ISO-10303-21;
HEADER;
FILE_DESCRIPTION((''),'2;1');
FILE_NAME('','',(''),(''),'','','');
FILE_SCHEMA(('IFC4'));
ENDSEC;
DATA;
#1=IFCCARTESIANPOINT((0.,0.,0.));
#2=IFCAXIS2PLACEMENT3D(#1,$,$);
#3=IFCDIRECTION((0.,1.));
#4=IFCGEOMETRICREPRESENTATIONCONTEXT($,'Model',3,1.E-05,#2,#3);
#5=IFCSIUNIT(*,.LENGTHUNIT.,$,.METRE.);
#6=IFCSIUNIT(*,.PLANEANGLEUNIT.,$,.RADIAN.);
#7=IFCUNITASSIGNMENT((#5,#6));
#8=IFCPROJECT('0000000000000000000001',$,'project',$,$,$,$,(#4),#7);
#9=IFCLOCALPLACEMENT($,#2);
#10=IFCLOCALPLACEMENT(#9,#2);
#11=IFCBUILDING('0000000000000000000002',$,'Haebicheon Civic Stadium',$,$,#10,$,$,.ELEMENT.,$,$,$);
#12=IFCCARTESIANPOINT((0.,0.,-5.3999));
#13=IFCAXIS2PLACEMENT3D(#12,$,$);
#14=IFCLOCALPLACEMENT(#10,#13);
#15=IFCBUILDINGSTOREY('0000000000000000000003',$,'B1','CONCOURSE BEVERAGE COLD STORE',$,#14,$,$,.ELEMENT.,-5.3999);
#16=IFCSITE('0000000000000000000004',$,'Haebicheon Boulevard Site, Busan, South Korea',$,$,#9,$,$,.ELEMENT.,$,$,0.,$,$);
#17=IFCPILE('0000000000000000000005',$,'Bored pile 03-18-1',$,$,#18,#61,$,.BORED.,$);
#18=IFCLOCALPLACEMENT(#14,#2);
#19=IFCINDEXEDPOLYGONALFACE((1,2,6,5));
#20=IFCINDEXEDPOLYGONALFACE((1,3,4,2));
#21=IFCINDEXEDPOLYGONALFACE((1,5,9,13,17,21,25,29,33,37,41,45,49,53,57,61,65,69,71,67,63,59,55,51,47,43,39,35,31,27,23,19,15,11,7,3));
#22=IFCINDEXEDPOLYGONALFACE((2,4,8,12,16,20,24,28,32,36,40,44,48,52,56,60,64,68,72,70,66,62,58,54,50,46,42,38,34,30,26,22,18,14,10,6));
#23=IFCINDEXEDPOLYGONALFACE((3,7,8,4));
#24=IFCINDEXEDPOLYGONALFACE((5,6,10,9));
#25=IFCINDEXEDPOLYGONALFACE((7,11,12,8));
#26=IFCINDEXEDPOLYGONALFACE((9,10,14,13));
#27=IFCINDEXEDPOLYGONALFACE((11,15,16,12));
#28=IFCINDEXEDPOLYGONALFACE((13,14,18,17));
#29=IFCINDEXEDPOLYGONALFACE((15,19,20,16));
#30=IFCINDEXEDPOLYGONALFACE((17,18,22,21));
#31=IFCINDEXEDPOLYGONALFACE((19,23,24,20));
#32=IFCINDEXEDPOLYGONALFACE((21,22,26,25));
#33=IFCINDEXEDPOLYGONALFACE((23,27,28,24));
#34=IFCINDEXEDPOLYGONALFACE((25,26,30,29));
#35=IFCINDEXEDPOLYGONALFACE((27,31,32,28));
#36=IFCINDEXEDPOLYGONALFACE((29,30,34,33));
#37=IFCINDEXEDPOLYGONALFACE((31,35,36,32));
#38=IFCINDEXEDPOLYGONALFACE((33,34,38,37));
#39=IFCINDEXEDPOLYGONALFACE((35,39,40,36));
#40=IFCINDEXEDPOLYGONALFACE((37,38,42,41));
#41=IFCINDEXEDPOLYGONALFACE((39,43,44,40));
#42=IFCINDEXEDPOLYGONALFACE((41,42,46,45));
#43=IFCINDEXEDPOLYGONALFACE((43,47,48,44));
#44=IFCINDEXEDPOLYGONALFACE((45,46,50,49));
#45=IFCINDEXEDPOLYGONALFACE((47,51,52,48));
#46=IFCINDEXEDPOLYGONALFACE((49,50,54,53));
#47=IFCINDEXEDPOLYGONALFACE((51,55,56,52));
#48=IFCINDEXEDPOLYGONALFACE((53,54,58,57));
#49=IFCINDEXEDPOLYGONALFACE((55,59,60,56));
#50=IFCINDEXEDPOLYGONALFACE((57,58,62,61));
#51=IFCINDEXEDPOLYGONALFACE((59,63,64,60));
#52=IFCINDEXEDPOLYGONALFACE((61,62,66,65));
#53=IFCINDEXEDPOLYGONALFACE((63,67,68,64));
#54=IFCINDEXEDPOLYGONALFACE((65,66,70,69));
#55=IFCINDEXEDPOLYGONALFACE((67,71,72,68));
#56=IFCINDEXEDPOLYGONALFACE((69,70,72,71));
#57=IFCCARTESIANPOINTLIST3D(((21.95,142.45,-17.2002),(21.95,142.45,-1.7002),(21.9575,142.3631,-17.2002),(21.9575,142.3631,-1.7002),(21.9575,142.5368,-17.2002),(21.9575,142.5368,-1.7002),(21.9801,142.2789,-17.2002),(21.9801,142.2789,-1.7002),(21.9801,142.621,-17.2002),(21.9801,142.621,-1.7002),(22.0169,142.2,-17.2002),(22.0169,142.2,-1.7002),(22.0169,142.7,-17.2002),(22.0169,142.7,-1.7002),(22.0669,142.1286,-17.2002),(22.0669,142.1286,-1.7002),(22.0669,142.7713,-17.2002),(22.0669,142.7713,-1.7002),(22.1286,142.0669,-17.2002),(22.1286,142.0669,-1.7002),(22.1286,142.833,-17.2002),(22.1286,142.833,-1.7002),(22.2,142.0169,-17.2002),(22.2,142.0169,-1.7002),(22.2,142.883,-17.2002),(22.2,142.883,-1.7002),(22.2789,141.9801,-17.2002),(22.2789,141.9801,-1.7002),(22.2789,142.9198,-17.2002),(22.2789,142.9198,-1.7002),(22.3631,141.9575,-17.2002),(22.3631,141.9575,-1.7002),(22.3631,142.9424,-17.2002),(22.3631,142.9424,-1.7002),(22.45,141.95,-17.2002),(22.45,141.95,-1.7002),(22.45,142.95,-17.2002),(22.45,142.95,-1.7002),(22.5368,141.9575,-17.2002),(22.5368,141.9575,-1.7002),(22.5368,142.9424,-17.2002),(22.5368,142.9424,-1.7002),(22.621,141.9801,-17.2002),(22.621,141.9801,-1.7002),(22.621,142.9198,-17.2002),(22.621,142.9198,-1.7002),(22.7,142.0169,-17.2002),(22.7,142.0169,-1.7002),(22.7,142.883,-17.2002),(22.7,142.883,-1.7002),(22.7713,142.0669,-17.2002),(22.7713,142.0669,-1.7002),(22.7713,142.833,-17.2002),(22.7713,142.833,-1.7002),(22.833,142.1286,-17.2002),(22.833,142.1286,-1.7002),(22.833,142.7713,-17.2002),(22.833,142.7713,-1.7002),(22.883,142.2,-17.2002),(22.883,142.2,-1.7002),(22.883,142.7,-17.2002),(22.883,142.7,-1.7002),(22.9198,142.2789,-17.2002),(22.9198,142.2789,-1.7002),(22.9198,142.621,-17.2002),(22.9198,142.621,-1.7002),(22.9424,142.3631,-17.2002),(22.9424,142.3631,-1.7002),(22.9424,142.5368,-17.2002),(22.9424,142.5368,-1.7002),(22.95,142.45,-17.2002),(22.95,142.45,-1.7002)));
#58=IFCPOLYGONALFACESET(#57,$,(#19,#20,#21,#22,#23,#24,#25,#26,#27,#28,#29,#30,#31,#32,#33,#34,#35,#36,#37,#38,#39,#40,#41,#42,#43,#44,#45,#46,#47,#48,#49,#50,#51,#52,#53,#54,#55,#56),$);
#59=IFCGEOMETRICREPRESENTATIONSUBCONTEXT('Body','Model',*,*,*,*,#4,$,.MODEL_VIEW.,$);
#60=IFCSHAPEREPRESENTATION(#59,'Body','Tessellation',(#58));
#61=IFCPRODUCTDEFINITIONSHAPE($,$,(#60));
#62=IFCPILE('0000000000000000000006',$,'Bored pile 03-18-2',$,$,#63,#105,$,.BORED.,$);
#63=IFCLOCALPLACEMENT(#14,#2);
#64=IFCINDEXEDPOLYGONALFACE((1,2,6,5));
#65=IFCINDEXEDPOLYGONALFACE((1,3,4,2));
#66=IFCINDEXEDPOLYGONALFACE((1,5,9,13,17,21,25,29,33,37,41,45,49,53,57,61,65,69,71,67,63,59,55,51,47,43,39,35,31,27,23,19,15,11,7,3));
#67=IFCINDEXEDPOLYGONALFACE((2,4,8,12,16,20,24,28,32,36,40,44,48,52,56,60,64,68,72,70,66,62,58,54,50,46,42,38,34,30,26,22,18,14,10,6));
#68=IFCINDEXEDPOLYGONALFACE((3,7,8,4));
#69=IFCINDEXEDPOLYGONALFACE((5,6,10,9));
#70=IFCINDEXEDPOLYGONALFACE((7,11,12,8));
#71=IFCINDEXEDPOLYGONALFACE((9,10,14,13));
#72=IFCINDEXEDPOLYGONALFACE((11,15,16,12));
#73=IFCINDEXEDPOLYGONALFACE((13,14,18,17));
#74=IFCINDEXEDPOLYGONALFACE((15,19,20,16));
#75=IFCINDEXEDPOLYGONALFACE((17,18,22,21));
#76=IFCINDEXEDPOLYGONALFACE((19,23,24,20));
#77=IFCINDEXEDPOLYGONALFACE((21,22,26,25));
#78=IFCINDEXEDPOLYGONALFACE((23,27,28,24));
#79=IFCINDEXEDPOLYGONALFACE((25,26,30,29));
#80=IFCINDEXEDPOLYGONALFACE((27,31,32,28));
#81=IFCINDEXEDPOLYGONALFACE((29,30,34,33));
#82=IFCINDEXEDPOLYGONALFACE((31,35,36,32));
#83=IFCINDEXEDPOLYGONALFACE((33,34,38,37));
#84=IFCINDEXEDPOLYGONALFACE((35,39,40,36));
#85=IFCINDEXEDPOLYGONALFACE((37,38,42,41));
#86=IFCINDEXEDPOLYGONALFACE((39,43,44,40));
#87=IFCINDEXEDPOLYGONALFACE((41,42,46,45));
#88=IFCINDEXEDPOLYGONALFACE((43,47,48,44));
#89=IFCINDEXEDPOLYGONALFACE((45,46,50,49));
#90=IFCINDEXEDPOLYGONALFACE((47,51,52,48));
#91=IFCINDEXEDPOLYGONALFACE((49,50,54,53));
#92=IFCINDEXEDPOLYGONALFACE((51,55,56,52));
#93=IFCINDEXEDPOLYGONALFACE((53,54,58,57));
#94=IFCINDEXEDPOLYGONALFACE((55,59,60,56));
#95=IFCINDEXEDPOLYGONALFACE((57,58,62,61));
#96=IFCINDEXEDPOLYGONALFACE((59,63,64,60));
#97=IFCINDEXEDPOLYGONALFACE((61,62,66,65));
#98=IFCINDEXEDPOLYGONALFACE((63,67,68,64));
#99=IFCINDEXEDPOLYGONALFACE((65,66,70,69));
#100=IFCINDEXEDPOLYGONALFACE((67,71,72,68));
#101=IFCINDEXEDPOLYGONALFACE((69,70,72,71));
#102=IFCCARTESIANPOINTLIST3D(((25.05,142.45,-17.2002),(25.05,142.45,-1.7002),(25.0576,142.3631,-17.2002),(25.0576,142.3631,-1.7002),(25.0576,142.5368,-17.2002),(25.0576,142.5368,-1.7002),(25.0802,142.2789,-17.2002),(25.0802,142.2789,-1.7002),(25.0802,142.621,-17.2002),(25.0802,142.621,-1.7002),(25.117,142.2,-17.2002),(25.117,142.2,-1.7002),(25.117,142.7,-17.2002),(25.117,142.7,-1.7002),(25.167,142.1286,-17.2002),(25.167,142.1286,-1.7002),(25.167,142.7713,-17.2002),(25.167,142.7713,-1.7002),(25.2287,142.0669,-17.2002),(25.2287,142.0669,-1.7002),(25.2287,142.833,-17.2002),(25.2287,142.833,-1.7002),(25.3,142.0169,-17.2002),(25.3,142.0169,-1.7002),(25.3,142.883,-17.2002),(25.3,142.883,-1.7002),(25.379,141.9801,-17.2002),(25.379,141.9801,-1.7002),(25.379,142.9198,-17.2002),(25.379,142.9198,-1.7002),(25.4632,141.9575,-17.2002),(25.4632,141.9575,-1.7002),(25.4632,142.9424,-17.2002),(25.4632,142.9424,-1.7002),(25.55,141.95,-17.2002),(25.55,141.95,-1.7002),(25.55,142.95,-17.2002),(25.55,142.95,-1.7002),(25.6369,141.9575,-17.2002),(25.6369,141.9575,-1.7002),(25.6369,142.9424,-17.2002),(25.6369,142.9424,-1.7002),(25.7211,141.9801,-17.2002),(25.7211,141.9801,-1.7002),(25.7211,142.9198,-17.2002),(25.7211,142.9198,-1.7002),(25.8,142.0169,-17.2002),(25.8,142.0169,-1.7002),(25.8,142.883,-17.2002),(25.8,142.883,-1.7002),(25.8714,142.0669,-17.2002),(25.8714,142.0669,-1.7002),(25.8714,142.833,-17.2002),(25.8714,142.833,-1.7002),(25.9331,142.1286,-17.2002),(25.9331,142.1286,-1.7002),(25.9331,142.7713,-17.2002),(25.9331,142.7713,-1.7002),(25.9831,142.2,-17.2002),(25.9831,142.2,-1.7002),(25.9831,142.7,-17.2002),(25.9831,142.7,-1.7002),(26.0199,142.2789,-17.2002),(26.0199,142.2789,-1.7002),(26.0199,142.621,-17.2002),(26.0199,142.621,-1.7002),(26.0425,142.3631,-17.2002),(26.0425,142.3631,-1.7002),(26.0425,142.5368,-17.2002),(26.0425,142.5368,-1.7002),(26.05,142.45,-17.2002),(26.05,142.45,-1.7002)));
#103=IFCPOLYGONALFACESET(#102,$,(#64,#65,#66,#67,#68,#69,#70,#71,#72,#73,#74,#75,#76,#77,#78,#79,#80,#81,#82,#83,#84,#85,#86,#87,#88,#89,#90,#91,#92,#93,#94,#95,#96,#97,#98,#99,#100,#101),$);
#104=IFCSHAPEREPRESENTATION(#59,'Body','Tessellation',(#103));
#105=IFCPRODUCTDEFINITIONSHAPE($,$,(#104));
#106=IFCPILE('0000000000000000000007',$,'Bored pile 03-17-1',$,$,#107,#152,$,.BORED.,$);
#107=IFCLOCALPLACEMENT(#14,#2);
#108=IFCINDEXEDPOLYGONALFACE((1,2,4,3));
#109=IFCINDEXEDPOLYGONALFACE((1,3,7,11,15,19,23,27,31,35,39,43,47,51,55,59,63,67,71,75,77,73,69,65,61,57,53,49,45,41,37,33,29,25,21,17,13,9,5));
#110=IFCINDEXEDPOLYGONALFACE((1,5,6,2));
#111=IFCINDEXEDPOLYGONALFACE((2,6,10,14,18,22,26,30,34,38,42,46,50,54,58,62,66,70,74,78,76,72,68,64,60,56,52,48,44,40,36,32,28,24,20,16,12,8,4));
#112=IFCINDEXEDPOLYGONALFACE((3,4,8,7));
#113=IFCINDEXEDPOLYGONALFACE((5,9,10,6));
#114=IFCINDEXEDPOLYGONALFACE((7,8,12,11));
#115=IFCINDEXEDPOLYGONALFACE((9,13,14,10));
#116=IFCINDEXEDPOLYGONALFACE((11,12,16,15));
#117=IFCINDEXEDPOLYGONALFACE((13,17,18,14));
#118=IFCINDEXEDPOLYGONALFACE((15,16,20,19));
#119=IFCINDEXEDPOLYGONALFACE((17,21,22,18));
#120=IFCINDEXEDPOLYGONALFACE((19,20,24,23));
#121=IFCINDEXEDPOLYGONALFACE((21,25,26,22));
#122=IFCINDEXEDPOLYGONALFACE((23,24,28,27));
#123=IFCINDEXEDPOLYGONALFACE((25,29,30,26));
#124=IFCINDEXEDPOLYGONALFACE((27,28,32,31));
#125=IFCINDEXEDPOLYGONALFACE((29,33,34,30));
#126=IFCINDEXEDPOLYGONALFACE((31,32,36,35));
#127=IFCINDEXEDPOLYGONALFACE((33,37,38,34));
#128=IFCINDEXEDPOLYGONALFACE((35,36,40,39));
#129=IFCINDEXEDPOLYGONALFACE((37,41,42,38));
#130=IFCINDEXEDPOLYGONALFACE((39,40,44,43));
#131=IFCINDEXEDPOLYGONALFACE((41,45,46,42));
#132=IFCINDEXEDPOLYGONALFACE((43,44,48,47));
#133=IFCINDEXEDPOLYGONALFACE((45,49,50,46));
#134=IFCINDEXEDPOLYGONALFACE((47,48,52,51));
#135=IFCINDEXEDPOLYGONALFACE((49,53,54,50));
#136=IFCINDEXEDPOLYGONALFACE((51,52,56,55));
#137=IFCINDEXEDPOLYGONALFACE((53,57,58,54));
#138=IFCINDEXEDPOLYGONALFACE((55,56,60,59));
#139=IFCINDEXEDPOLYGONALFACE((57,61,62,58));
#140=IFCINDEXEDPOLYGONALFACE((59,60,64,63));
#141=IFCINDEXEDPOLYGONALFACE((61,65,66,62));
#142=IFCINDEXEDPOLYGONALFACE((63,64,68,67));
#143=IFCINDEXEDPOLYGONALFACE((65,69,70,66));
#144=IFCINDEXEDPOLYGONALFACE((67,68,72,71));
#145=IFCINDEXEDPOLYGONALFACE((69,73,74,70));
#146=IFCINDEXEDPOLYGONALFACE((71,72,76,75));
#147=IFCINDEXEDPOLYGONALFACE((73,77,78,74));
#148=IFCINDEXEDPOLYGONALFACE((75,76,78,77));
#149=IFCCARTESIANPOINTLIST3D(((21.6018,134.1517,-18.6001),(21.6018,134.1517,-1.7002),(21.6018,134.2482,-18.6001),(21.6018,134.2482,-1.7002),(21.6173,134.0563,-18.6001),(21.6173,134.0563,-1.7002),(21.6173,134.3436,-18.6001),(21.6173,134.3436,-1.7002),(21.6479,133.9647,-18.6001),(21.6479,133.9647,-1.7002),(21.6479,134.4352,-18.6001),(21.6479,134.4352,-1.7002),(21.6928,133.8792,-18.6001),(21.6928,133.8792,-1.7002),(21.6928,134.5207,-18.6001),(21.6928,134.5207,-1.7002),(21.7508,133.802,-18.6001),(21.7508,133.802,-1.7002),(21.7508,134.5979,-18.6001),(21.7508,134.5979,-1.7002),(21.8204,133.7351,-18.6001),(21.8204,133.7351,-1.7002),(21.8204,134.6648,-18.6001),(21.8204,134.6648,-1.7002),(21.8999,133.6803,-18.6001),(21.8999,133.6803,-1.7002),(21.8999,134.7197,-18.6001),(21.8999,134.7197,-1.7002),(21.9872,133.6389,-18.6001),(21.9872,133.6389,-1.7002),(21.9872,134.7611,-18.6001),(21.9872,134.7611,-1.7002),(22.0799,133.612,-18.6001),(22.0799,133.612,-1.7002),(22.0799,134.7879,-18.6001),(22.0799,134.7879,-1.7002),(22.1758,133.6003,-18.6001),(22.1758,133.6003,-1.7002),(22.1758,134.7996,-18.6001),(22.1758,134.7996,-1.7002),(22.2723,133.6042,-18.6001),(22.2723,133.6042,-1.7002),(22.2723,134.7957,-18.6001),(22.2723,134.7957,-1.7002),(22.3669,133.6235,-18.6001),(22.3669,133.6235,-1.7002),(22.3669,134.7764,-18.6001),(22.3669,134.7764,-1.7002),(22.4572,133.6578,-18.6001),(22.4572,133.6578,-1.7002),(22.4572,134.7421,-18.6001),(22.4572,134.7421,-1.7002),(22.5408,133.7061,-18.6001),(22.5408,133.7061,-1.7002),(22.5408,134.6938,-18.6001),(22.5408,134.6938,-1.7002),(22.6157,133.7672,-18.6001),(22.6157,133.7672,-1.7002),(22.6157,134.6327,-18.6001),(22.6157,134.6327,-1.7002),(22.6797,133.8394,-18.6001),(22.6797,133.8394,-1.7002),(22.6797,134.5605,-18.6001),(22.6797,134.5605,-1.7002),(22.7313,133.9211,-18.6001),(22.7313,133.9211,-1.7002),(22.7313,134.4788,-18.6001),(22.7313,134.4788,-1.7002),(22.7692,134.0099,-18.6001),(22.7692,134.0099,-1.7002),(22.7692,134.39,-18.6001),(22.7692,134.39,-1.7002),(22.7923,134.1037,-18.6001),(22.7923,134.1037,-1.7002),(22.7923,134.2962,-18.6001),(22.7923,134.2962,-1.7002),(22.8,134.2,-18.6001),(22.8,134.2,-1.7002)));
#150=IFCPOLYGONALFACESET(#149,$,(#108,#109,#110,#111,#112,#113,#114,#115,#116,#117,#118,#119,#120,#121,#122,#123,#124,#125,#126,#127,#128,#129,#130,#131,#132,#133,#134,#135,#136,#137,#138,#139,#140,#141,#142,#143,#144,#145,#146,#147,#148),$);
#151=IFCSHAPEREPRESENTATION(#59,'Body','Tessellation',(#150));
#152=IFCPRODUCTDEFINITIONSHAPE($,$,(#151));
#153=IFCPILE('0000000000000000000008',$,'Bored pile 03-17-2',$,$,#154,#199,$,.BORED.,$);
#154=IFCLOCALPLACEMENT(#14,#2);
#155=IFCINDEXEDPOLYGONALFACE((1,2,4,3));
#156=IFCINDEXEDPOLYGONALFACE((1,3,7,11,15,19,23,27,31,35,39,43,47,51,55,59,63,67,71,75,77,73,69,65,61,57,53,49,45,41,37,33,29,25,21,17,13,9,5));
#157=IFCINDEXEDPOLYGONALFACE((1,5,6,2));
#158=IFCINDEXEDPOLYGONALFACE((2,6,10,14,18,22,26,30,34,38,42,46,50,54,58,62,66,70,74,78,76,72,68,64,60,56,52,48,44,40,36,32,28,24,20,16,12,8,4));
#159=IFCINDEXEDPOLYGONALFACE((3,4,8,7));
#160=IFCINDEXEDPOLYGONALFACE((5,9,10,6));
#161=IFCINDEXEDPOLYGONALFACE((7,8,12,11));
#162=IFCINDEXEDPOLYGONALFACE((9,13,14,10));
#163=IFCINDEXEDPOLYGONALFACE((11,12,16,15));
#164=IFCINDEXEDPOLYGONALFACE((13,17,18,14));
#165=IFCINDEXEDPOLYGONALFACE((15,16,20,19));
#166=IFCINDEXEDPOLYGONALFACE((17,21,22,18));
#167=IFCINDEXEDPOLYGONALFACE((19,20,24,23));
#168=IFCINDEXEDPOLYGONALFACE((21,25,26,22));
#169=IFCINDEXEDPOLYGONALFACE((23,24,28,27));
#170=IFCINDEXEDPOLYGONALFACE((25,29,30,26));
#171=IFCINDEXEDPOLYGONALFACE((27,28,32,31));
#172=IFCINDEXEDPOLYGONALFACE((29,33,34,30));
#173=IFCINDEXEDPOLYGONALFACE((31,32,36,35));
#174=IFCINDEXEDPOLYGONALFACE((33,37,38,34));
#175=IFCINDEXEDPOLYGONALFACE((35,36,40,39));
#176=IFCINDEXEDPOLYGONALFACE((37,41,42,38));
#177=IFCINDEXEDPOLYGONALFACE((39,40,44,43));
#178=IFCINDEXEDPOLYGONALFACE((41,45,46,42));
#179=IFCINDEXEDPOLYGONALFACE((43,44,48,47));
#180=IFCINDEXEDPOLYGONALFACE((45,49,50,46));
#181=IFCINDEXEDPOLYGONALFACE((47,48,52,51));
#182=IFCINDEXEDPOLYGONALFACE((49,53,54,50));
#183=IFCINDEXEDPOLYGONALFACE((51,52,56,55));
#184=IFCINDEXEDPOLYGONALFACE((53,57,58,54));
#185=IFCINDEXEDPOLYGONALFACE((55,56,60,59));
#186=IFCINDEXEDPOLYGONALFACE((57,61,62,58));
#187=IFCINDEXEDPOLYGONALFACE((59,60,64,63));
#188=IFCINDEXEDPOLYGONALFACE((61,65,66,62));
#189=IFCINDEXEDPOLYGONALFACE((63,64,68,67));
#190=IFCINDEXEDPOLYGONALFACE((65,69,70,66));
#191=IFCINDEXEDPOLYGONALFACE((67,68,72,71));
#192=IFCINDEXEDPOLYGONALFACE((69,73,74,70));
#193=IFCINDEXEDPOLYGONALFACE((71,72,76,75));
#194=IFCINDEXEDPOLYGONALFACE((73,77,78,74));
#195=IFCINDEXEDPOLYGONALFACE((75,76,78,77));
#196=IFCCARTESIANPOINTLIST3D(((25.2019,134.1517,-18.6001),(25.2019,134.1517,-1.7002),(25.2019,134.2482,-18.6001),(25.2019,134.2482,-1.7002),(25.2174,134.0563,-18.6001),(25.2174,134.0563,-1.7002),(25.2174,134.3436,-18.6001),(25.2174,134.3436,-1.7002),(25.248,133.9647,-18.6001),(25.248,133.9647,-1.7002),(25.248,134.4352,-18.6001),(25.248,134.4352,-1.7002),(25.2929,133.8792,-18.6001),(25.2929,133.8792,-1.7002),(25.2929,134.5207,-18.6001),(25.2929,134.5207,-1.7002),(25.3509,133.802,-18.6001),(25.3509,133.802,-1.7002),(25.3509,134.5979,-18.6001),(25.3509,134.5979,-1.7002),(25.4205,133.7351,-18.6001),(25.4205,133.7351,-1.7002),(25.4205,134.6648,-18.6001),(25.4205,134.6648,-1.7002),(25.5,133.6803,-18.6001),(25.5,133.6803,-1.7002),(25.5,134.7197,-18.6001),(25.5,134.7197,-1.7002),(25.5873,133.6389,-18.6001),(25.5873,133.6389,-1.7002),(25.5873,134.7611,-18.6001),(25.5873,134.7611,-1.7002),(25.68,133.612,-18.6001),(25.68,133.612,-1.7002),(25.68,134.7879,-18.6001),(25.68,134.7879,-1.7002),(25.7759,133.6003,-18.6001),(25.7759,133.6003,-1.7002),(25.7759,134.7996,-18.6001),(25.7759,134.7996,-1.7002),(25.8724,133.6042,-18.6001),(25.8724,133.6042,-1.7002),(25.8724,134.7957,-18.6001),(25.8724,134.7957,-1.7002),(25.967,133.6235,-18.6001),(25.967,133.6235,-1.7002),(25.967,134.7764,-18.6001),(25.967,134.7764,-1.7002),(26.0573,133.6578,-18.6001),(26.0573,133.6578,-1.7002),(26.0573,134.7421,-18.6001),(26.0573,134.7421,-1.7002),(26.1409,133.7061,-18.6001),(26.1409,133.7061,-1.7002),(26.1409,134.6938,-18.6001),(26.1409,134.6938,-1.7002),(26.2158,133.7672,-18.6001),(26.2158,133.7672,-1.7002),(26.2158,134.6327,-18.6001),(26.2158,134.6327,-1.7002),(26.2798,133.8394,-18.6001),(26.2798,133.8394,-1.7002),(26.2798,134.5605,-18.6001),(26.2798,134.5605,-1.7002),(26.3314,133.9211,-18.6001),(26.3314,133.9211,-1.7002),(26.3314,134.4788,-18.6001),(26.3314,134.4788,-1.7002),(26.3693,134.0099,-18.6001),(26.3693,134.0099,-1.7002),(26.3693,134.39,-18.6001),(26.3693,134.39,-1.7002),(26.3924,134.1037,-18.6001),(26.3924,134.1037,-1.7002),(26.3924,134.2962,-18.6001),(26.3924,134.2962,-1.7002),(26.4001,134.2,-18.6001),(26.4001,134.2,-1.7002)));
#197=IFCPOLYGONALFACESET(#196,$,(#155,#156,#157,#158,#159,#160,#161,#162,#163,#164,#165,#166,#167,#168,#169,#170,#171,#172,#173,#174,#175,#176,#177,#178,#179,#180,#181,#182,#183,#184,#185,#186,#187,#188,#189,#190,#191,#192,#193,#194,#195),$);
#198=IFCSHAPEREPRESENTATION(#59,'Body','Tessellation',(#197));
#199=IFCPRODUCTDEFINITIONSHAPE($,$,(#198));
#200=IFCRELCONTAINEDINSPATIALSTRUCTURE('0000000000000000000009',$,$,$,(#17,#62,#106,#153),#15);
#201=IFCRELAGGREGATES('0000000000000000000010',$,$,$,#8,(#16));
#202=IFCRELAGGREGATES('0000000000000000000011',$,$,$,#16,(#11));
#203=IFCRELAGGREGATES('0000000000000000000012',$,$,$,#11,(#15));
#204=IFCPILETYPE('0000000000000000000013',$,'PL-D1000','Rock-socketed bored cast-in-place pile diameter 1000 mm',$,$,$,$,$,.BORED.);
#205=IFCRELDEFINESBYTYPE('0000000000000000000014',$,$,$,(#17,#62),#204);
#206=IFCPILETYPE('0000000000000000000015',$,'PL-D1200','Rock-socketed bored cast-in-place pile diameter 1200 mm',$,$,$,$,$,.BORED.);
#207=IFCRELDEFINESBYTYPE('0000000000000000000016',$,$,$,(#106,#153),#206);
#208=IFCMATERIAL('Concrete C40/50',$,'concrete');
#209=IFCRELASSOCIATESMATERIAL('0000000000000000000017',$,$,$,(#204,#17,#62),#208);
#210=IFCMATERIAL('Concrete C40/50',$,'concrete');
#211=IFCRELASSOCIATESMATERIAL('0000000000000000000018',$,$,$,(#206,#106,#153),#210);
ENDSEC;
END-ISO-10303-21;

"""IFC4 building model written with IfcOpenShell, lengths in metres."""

from ifc_helpers import new_model, si_unit, direction, frame, origin, origin_2d, place, context, subcontext, project, spatial, circle, extrude, material, material_profile, profile_set, type_object, element, save


model = new_model("IFC4")

# Units and contexts
model_context = context("Model", 3, precision=1e-05, world=origin(), true_north=direction((0.0, 1.0)))
body_context = subcontext(model_context, "Body", "Model", "MODEL_VIEW")
ifc_project = project(units=[si_unit("LENGTHUNIT", "METRE"), si_unit("PLANEANGLEUNIT", "RADIAN")], contexts=[model_context])

# Site, building, storey
site_placement = place(None, origin())
site = spatial("IfcSite", under=ifc_project, at=site_placement, Name="Haebicheon Boulevard Site, Busan, South Korea", CompositionType="ELEMENT", RefElevation=0.0)
building_placement = place(site_placement, origin())
building = spatial("IfcBuilding", under=site, at=building_placement, Name="Haebicheon Civic Stadium", CompositionType="ELEMENT")
storey_placement = place(building_placement, frame((0.0, 0.0, -5.3999)))
storey = spatial("IfcBuildingStorey", under=building, at=storey_placement, Name="B1", Description="CONCOURSE BEVERAGE COLD STORE", CompositionType="ELEMENT", Elevation=-5.3999)

# Piles
ifc_material_1 = material(Name="Concrete C40/50", Category="concrete")
ifc_material_profile_1 = material_profile(ifc_material_1, circle(Radius=0.5, at=origin_2d()), Name="PILE-D1000")
ifc_profile_set_1 = profile_set([ifc_material_profile_1], Name="Concrete C40/50")
pile_type_1 = type_object("IfcPileType", Name="PL-D1000", Description="Rock-socketed bored cast-in-place pile diameter 1000 mm", PredefinedType="BORED", material=ifc_profile_set_1)
for number, where, z_axis, x_axis, name in (
    (1, (22.45, 142.45, -1.7002), (0.0, 0.0, -1.0), (1.0, 0.0, 0.0), "Bored pile 03-18-1"),
    (2, (25.55, 142.45, -1.7002), (0.0, 0.0, -1.0), (1.0, 0.0, 0.0), "Bored pile 03-18-2"),
):
    element("IfcPile", number, at=place(storey_placement, frame(where, z_axis=z_axis, x_axis=x_axis)), inside=storey, type_object=pile_type_1, material=ifc_profile_set_1, Name=name, PredefinedType="BORED", context=body_context, shape_type="SweptSolid", body=[
        extrude(circle(Radius=0.5, at=origin_2d()), origin(), (0.0, 0.0, 1.0), 15.5),
    ])
ifc_material_2 = material(Name="Concrete C40/50", Category="concrete")
ifc_material_profile_2 = material_profile(ifc_material_2, circle(Radius=0.6001, at=origin_2d()), Name="PILE-D1200")
ifc_profile_set_2 = profile_set([ifc_material_profile_2], Name="Concrete C40/50")
pile_type_2 = type_object("IfcPileType", Name="PL-D1200", Description="Rock-socketed bored cast-in-place pile diameter 1200 mm", PredefinedType="BORED", material=ifc_profile_set_2)
for number, where, z_axis, x_axis, name in (
    (3, (22.2, 134.2, -1.7002), (0.0, 0.0, -1.0), (1.0, 0.0, 0.0), "Bored pile 03-17-1"),
    (4, (25.8, 134.2, -1.7002), (0.0, 0.0, -1.0), (1.0, 0.0, 0.0), "Bored pile 03-17-2"),
):
    element("IfcPile", number, at=place(storey_placement, frame(where, z_axis=z_axis, x_axis=x_axis)), inside=storey, type_object=pile_type_2, material=ifc_profile_set_2, Name=name, PredefinedType="BORED", context=body_context, shape_type="SweptSolid", body=[
        extrude(circle(Radius=0.6001, at=origin_2d()), origin(), (0.0, 0.0, 1.0), 16.8999),
    ])

save(model, "model.ifc")
